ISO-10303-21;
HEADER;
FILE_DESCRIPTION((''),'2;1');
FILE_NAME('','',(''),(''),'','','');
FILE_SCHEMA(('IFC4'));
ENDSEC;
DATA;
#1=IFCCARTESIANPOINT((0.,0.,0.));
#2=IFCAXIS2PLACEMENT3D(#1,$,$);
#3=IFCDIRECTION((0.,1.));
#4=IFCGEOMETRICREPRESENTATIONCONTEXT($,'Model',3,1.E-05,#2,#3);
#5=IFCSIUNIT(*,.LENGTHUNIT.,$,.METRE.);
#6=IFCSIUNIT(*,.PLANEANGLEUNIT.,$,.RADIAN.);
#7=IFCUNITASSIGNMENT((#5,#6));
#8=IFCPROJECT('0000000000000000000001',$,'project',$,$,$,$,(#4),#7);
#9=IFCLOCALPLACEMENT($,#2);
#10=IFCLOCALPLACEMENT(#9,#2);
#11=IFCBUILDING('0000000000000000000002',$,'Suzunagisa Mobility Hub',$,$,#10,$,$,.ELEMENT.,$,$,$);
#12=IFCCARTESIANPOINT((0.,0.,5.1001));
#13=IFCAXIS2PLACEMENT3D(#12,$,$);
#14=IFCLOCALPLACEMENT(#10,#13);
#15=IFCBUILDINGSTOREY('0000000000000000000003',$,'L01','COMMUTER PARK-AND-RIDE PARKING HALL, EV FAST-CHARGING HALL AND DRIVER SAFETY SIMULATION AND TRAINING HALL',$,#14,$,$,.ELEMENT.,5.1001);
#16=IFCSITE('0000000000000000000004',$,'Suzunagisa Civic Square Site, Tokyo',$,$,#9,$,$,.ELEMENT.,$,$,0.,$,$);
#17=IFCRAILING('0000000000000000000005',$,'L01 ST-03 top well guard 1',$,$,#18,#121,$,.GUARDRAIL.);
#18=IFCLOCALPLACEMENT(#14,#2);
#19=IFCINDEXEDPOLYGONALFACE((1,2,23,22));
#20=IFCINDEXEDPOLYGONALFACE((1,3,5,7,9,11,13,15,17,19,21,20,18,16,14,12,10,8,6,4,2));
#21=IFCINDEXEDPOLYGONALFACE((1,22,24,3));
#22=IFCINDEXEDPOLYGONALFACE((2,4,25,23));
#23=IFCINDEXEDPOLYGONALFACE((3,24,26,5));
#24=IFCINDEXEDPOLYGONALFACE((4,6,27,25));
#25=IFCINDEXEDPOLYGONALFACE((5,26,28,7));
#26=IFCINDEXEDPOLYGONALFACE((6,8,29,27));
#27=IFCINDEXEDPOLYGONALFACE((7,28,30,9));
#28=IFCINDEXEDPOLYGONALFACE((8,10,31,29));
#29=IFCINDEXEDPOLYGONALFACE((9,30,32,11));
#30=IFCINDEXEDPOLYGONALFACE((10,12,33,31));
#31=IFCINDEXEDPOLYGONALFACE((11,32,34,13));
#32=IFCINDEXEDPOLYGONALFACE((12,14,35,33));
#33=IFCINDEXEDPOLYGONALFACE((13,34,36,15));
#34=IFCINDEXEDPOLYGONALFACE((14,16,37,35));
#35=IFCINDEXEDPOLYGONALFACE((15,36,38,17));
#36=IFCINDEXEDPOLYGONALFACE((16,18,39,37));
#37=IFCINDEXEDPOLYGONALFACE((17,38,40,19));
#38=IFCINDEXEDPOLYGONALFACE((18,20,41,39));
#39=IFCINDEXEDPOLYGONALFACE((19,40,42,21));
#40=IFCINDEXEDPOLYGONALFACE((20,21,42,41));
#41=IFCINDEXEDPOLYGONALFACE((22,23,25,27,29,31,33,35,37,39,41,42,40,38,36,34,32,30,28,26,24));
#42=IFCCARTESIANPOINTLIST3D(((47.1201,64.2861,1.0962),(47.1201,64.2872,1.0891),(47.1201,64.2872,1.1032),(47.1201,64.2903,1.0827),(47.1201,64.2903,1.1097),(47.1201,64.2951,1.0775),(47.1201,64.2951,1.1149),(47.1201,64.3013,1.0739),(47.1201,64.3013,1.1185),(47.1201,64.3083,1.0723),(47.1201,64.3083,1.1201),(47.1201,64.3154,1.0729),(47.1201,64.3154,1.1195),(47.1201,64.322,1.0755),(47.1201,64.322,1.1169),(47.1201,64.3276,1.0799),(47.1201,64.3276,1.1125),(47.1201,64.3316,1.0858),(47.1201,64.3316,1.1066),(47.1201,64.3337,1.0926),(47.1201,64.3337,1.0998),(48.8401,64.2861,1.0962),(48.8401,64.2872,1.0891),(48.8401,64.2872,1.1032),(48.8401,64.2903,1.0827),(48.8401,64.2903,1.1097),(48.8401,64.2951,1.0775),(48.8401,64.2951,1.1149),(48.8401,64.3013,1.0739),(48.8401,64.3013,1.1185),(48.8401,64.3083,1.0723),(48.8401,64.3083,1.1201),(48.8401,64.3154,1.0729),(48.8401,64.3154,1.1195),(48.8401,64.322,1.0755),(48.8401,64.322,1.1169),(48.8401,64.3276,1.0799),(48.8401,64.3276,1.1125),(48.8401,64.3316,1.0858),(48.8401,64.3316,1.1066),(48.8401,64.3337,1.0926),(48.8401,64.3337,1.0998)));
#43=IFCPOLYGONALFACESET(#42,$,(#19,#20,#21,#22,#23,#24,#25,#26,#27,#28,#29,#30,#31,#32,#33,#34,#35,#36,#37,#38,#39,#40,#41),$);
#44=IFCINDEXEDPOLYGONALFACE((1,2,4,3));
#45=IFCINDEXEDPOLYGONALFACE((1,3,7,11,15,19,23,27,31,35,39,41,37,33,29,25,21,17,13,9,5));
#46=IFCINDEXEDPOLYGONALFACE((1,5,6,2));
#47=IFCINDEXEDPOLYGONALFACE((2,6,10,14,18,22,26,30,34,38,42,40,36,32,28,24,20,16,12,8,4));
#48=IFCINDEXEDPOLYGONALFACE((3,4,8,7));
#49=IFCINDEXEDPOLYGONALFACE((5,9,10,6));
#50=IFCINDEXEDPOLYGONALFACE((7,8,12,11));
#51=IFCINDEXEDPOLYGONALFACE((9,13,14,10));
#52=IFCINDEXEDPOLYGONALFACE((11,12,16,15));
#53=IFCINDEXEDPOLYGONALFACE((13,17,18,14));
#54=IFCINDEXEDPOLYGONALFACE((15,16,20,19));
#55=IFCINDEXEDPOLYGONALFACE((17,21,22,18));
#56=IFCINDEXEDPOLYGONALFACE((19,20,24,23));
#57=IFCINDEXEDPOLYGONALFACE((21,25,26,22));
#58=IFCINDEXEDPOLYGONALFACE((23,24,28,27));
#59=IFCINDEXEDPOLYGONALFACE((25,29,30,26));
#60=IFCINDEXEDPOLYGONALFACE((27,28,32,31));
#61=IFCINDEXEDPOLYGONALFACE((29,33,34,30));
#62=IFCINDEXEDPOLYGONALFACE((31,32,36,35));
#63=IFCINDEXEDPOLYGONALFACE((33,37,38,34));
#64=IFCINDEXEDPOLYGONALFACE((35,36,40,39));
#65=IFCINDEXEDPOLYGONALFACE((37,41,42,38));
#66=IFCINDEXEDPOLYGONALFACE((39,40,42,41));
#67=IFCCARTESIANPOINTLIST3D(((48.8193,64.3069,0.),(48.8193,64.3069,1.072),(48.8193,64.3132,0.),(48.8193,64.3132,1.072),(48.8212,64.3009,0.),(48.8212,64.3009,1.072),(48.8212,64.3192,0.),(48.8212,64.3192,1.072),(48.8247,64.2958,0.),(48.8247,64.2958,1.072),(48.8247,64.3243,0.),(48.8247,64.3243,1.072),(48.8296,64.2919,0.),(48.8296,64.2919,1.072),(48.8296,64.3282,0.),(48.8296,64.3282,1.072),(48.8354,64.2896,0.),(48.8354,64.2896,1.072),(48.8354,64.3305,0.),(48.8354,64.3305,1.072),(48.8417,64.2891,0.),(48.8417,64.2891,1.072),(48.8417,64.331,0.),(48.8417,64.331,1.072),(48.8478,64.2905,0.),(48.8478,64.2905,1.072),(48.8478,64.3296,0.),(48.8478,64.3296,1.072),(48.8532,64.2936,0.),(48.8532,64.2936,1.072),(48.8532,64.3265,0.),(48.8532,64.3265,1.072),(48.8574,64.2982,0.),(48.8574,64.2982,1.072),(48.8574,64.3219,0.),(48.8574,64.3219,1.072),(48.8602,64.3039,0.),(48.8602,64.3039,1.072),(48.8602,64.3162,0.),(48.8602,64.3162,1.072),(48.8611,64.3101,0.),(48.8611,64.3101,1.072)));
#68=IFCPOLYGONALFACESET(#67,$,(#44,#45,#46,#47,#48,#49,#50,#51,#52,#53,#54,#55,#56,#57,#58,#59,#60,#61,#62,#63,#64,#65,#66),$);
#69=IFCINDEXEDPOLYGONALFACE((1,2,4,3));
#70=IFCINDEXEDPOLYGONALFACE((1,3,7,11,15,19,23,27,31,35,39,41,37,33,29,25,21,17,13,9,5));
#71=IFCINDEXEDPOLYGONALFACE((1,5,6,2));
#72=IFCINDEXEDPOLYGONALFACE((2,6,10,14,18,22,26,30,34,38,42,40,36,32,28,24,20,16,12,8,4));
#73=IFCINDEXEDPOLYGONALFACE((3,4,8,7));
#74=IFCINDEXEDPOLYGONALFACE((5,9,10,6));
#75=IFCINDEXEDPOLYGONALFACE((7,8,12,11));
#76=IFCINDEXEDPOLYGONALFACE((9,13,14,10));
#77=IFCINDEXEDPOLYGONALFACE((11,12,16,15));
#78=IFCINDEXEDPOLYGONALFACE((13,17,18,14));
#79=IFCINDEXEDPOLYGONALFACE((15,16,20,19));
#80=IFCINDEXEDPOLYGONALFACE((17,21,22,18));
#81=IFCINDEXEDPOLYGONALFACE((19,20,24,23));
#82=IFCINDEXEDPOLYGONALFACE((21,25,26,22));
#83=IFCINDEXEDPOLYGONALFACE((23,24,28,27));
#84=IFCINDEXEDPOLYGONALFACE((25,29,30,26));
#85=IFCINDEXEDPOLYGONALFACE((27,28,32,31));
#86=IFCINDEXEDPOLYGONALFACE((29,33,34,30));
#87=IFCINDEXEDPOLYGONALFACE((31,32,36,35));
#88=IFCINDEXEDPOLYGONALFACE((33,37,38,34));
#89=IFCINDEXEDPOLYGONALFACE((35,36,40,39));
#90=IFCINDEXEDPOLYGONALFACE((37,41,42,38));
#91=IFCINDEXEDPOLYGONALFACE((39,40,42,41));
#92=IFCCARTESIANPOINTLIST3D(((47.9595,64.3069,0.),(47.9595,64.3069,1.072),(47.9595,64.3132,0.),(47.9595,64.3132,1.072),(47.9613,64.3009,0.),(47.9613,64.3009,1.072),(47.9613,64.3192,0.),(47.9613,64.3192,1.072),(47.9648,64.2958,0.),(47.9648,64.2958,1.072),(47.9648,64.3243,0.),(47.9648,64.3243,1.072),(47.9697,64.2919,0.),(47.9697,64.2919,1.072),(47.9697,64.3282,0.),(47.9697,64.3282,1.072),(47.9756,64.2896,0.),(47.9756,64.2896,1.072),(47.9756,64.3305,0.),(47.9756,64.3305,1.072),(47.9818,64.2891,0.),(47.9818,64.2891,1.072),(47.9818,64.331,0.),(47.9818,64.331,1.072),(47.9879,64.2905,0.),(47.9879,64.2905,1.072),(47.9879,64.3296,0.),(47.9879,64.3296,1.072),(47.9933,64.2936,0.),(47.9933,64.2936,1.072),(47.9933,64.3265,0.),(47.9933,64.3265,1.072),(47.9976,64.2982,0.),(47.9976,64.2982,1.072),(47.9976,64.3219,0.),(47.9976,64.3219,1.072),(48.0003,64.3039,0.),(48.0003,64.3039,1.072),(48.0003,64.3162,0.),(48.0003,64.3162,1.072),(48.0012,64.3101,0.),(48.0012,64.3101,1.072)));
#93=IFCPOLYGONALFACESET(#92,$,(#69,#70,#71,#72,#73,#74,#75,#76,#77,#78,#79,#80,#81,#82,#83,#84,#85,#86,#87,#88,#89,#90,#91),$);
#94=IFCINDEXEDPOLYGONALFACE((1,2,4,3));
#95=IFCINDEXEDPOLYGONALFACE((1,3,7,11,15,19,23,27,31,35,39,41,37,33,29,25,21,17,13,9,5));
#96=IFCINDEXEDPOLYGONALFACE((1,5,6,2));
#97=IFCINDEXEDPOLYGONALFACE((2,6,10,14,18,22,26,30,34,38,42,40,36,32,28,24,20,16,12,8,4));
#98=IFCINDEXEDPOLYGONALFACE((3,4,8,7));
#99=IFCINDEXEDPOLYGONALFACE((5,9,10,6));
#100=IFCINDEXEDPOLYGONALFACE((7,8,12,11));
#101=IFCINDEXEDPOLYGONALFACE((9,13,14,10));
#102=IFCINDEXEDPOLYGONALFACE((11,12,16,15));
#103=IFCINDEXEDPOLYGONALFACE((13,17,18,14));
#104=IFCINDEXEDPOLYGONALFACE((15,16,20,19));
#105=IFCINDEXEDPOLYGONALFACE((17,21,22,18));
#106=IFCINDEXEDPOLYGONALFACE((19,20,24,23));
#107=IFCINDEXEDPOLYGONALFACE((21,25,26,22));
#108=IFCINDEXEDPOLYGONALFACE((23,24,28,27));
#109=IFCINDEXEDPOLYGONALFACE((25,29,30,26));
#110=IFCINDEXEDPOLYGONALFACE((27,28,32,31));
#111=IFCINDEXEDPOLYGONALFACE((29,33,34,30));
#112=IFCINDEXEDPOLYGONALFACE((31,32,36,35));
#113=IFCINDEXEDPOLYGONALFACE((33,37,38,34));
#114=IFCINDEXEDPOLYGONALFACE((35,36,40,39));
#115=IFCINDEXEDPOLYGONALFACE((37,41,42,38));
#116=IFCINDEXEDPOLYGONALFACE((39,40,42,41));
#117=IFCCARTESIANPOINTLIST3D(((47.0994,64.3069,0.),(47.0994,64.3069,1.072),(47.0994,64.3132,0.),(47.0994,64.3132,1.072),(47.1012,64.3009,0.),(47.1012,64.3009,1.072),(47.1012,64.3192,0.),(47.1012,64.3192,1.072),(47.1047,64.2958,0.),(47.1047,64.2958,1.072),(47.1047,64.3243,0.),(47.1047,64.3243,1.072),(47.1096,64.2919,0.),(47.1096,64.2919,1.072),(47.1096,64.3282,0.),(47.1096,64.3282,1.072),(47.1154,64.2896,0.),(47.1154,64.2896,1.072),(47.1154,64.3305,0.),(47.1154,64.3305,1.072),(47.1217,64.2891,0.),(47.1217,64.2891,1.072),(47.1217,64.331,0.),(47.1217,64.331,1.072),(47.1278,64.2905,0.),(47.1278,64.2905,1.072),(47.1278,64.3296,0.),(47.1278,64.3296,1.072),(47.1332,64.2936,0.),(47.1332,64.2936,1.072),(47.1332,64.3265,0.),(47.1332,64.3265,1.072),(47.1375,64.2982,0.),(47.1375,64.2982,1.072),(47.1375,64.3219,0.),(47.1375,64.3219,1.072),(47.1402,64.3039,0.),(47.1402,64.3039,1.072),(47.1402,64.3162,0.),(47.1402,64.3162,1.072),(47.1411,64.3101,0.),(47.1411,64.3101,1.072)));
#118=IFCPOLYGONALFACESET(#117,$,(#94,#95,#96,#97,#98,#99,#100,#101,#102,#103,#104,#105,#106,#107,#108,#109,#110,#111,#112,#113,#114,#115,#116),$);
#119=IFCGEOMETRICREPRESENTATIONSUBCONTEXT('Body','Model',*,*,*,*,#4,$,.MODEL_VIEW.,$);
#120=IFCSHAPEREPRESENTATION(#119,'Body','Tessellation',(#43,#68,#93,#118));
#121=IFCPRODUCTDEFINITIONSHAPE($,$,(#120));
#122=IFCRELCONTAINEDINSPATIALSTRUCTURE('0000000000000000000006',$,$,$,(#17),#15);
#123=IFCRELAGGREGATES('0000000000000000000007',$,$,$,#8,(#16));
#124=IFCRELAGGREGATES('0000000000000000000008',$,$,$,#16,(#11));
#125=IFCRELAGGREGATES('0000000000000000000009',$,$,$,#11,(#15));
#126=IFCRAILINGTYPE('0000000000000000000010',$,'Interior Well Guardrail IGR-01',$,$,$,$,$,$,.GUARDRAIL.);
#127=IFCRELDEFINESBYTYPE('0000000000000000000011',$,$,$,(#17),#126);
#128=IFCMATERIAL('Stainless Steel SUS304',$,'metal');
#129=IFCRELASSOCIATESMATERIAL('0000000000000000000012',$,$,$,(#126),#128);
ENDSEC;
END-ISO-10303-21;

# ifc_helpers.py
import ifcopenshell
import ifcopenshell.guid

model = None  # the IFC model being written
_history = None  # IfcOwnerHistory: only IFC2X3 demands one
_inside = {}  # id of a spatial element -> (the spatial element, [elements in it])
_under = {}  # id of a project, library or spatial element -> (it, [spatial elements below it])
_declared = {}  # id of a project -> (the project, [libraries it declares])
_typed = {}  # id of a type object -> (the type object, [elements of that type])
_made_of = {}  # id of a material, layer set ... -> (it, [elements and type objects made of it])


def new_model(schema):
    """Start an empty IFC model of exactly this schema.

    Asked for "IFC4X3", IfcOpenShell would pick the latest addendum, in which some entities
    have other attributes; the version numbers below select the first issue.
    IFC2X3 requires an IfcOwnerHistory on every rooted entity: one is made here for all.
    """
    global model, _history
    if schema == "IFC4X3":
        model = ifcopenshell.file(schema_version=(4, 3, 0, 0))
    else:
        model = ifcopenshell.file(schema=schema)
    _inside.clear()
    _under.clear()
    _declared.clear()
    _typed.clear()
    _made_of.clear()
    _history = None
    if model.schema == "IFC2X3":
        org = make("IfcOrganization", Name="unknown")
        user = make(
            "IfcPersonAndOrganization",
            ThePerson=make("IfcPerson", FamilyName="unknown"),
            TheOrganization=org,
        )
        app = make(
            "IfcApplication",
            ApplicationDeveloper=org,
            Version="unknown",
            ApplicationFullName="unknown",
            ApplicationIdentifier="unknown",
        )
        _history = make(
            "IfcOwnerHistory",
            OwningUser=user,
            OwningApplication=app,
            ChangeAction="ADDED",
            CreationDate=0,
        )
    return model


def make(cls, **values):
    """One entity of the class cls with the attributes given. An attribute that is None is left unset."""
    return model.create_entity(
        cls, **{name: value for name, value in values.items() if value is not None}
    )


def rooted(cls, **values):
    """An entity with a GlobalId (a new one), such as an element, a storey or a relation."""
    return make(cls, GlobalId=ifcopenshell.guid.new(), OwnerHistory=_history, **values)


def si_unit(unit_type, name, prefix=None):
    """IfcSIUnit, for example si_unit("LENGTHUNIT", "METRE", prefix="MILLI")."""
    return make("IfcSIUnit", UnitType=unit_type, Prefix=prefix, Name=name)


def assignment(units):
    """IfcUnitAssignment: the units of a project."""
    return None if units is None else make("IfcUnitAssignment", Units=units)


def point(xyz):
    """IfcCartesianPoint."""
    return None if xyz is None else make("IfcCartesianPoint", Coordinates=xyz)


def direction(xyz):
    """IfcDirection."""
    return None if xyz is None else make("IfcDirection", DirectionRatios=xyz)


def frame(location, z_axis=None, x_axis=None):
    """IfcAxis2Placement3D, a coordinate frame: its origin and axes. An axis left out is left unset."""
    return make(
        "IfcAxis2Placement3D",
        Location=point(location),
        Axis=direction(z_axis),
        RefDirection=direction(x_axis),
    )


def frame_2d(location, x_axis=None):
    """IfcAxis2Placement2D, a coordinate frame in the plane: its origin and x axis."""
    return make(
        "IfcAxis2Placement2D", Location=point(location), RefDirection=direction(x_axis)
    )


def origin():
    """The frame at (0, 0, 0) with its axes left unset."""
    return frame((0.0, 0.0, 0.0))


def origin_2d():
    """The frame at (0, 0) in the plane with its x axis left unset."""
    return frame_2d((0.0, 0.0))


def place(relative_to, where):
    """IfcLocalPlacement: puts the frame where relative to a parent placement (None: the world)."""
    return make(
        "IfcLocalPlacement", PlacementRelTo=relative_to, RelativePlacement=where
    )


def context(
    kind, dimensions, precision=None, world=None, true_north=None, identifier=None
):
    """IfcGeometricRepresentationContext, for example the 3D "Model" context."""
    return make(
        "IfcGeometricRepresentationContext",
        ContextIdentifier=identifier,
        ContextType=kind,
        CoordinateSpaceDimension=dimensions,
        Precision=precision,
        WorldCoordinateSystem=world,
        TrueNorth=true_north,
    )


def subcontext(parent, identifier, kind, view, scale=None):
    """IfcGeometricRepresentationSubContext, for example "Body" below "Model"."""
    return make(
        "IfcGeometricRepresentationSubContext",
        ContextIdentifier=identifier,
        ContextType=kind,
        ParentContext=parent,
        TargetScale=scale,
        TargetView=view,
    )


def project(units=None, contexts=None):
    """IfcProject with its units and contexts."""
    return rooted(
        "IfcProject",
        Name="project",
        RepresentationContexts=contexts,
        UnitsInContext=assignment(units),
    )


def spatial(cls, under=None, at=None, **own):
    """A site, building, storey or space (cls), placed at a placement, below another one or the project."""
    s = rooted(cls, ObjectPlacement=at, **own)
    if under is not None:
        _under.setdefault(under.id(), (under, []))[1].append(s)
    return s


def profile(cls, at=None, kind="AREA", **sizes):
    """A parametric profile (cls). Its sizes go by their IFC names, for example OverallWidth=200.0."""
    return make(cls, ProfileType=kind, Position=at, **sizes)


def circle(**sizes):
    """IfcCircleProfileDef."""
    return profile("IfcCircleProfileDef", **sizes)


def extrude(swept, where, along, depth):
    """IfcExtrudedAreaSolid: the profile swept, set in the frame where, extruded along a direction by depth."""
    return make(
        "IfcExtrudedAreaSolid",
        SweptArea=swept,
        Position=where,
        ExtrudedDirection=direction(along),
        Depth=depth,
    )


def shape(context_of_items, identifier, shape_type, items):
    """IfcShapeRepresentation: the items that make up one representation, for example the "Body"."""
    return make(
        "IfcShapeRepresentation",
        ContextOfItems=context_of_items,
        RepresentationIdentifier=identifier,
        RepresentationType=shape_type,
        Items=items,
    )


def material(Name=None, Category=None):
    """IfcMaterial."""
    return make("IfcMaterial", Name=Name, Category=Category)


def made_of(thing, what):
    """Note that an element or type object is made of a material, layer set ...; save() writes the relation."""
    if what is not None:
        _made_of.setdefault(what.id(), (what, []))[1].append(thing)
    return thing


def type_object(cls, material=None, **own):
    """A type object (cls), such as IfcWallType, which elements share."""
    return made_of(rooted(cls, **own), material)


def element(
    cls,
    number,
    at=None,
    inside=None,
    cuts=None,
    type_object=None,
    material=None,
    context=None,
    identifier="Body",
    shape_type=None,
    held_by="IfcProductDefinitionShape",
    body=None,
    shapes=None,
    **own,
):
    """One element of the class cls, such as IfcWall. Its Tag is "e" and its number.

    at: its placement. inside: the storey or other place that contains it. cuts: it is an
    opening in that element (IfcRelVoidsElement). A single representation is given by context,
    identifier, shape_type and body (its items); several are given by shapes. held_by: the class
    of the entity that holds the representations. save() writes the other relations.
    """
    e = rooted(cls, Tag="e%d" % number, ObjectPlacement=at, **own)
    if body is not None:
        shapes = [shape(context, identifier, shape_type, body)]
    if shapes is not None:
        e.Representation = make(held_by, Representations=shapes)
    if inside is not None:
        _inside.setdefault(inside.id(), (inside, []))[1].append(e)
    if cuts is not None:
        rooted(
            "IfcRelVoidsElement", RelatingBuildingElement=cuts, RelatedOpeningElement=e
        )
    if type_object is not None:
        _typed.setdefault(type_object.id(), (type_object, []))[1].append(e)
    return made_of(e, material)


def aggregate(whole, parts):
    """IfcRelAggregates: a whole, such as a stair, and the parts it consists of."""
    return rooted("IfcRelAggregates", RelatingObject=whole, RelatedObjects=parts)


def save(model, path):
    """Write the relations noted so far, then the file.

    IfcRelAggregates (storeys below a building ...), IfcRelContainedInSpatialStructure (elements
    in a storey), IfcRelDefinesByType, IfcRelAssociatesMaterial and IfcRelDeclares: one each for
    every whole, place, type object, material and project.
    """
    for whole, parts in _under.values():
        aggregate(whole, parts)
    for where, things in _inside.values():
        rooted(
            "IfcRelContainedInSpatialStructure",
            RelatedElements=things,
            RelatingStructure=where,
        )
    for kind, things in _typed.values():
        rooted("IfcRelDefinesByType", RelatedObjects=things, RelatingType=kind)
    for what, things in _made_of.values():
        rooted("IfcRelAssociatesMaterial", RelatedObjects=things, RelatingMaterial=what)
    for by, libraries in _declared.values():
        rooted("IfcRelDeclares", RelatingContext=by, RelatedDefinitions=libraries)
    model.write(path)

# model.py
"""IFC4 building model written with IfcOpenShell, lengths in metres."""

from ifc_helpers import new_model, si_unit, direction, frame, origin, origin_2d, place, context, subcontext, project, spatial, circle, extrude, material, type_object, element, save


model = new_model("IFC4")

# Units and contexts
model_context = context("Model", 3, precision=1e-05, world=origin(), true_north=direction((0.0, 1.0)))
body_context = subcontext(model_context, "Body", "Model", "MODEL_VIEW")
ifc_project = project(units=[si_unit("LENGTHUNIT", "METRE"), si_unit("PLANEANGLEUNIT", "RADIAN")], contexts=[model_context])

# Site, building, storey
site_placement = place(None, origin())
site = spatial("IfcSite", under=ifc_project, at=site_placement, Name="Suzunagisa Civic Square Site, Tokyo", CompositionType="ELEMENT", RefElevation=0.0)
building_placement = place(site_placement, origin())
building = spatial("IfcBuilding", under=site, at=building_placement, Name="Suzunagisa Mobility Hub", CompositionType="ELEMENT")
storey_placement = place(building_placement, frame((0.0, 0.0, 5.1001)))
storey = spatial("IfcBuildingStorey", under=building, at=storey_placement, Name="L01", Description="COMMUTER PARK-AND-RIDE PARKING HALL, EV FAST-CHARGING HALL AND DRIVER SAFETY SIMULATION AND TRAINING HALL", CompositionType="ELEMENT", Elevation=5.1001)

# Railing
ifc_material_1 = material(Name="Stainless Steel SUS304", Category="metal")
railing_type_1 = type_object("IfcRailingType", Name="Interior Well Guardrail IGR-01", PredefinedType="GUARDRAIL", material=ifc_material_1)
railing_1_placement = place(storey_placement, frame((48.8401, 64.3101, 0.0)))
element("IfcRailing", 1, at=railing_1_placement, inside=storey, type_object=railing_type_1, Name="L01 ST-03 top well guard 1", PredefinedType="GUARDRAIL", context=body_context, shape_type="SweptSolid", body=[
    extrude(circle(Radius=0.0239, at=origin_2d()), frame((0.0, 0.0, 1.0962), z_axis=(-1.0, 0.0, 0.0), x_axis=(0.0, -1.0, 0.0)), (0.0, 0.0, 1.0), 1.72),
    extrude(circle(Radius=0.021, at=origin_2d()), origin(), (0.0, 0.0, 1.0), 1.072),
    extrude(circle(Radius=0.021, at=origin_2d()), frame((-0.8599, 0.0, 0.0)), (0.0, 0.0, 1.0), 1.072),
    extrude(circle(Radius=0.021, at=origin_2d()), frame((-1.72, 0.0, 0.0)), (0.0, 0.0, 1.0), 1.072),
])

save(model, "model.ifc")
